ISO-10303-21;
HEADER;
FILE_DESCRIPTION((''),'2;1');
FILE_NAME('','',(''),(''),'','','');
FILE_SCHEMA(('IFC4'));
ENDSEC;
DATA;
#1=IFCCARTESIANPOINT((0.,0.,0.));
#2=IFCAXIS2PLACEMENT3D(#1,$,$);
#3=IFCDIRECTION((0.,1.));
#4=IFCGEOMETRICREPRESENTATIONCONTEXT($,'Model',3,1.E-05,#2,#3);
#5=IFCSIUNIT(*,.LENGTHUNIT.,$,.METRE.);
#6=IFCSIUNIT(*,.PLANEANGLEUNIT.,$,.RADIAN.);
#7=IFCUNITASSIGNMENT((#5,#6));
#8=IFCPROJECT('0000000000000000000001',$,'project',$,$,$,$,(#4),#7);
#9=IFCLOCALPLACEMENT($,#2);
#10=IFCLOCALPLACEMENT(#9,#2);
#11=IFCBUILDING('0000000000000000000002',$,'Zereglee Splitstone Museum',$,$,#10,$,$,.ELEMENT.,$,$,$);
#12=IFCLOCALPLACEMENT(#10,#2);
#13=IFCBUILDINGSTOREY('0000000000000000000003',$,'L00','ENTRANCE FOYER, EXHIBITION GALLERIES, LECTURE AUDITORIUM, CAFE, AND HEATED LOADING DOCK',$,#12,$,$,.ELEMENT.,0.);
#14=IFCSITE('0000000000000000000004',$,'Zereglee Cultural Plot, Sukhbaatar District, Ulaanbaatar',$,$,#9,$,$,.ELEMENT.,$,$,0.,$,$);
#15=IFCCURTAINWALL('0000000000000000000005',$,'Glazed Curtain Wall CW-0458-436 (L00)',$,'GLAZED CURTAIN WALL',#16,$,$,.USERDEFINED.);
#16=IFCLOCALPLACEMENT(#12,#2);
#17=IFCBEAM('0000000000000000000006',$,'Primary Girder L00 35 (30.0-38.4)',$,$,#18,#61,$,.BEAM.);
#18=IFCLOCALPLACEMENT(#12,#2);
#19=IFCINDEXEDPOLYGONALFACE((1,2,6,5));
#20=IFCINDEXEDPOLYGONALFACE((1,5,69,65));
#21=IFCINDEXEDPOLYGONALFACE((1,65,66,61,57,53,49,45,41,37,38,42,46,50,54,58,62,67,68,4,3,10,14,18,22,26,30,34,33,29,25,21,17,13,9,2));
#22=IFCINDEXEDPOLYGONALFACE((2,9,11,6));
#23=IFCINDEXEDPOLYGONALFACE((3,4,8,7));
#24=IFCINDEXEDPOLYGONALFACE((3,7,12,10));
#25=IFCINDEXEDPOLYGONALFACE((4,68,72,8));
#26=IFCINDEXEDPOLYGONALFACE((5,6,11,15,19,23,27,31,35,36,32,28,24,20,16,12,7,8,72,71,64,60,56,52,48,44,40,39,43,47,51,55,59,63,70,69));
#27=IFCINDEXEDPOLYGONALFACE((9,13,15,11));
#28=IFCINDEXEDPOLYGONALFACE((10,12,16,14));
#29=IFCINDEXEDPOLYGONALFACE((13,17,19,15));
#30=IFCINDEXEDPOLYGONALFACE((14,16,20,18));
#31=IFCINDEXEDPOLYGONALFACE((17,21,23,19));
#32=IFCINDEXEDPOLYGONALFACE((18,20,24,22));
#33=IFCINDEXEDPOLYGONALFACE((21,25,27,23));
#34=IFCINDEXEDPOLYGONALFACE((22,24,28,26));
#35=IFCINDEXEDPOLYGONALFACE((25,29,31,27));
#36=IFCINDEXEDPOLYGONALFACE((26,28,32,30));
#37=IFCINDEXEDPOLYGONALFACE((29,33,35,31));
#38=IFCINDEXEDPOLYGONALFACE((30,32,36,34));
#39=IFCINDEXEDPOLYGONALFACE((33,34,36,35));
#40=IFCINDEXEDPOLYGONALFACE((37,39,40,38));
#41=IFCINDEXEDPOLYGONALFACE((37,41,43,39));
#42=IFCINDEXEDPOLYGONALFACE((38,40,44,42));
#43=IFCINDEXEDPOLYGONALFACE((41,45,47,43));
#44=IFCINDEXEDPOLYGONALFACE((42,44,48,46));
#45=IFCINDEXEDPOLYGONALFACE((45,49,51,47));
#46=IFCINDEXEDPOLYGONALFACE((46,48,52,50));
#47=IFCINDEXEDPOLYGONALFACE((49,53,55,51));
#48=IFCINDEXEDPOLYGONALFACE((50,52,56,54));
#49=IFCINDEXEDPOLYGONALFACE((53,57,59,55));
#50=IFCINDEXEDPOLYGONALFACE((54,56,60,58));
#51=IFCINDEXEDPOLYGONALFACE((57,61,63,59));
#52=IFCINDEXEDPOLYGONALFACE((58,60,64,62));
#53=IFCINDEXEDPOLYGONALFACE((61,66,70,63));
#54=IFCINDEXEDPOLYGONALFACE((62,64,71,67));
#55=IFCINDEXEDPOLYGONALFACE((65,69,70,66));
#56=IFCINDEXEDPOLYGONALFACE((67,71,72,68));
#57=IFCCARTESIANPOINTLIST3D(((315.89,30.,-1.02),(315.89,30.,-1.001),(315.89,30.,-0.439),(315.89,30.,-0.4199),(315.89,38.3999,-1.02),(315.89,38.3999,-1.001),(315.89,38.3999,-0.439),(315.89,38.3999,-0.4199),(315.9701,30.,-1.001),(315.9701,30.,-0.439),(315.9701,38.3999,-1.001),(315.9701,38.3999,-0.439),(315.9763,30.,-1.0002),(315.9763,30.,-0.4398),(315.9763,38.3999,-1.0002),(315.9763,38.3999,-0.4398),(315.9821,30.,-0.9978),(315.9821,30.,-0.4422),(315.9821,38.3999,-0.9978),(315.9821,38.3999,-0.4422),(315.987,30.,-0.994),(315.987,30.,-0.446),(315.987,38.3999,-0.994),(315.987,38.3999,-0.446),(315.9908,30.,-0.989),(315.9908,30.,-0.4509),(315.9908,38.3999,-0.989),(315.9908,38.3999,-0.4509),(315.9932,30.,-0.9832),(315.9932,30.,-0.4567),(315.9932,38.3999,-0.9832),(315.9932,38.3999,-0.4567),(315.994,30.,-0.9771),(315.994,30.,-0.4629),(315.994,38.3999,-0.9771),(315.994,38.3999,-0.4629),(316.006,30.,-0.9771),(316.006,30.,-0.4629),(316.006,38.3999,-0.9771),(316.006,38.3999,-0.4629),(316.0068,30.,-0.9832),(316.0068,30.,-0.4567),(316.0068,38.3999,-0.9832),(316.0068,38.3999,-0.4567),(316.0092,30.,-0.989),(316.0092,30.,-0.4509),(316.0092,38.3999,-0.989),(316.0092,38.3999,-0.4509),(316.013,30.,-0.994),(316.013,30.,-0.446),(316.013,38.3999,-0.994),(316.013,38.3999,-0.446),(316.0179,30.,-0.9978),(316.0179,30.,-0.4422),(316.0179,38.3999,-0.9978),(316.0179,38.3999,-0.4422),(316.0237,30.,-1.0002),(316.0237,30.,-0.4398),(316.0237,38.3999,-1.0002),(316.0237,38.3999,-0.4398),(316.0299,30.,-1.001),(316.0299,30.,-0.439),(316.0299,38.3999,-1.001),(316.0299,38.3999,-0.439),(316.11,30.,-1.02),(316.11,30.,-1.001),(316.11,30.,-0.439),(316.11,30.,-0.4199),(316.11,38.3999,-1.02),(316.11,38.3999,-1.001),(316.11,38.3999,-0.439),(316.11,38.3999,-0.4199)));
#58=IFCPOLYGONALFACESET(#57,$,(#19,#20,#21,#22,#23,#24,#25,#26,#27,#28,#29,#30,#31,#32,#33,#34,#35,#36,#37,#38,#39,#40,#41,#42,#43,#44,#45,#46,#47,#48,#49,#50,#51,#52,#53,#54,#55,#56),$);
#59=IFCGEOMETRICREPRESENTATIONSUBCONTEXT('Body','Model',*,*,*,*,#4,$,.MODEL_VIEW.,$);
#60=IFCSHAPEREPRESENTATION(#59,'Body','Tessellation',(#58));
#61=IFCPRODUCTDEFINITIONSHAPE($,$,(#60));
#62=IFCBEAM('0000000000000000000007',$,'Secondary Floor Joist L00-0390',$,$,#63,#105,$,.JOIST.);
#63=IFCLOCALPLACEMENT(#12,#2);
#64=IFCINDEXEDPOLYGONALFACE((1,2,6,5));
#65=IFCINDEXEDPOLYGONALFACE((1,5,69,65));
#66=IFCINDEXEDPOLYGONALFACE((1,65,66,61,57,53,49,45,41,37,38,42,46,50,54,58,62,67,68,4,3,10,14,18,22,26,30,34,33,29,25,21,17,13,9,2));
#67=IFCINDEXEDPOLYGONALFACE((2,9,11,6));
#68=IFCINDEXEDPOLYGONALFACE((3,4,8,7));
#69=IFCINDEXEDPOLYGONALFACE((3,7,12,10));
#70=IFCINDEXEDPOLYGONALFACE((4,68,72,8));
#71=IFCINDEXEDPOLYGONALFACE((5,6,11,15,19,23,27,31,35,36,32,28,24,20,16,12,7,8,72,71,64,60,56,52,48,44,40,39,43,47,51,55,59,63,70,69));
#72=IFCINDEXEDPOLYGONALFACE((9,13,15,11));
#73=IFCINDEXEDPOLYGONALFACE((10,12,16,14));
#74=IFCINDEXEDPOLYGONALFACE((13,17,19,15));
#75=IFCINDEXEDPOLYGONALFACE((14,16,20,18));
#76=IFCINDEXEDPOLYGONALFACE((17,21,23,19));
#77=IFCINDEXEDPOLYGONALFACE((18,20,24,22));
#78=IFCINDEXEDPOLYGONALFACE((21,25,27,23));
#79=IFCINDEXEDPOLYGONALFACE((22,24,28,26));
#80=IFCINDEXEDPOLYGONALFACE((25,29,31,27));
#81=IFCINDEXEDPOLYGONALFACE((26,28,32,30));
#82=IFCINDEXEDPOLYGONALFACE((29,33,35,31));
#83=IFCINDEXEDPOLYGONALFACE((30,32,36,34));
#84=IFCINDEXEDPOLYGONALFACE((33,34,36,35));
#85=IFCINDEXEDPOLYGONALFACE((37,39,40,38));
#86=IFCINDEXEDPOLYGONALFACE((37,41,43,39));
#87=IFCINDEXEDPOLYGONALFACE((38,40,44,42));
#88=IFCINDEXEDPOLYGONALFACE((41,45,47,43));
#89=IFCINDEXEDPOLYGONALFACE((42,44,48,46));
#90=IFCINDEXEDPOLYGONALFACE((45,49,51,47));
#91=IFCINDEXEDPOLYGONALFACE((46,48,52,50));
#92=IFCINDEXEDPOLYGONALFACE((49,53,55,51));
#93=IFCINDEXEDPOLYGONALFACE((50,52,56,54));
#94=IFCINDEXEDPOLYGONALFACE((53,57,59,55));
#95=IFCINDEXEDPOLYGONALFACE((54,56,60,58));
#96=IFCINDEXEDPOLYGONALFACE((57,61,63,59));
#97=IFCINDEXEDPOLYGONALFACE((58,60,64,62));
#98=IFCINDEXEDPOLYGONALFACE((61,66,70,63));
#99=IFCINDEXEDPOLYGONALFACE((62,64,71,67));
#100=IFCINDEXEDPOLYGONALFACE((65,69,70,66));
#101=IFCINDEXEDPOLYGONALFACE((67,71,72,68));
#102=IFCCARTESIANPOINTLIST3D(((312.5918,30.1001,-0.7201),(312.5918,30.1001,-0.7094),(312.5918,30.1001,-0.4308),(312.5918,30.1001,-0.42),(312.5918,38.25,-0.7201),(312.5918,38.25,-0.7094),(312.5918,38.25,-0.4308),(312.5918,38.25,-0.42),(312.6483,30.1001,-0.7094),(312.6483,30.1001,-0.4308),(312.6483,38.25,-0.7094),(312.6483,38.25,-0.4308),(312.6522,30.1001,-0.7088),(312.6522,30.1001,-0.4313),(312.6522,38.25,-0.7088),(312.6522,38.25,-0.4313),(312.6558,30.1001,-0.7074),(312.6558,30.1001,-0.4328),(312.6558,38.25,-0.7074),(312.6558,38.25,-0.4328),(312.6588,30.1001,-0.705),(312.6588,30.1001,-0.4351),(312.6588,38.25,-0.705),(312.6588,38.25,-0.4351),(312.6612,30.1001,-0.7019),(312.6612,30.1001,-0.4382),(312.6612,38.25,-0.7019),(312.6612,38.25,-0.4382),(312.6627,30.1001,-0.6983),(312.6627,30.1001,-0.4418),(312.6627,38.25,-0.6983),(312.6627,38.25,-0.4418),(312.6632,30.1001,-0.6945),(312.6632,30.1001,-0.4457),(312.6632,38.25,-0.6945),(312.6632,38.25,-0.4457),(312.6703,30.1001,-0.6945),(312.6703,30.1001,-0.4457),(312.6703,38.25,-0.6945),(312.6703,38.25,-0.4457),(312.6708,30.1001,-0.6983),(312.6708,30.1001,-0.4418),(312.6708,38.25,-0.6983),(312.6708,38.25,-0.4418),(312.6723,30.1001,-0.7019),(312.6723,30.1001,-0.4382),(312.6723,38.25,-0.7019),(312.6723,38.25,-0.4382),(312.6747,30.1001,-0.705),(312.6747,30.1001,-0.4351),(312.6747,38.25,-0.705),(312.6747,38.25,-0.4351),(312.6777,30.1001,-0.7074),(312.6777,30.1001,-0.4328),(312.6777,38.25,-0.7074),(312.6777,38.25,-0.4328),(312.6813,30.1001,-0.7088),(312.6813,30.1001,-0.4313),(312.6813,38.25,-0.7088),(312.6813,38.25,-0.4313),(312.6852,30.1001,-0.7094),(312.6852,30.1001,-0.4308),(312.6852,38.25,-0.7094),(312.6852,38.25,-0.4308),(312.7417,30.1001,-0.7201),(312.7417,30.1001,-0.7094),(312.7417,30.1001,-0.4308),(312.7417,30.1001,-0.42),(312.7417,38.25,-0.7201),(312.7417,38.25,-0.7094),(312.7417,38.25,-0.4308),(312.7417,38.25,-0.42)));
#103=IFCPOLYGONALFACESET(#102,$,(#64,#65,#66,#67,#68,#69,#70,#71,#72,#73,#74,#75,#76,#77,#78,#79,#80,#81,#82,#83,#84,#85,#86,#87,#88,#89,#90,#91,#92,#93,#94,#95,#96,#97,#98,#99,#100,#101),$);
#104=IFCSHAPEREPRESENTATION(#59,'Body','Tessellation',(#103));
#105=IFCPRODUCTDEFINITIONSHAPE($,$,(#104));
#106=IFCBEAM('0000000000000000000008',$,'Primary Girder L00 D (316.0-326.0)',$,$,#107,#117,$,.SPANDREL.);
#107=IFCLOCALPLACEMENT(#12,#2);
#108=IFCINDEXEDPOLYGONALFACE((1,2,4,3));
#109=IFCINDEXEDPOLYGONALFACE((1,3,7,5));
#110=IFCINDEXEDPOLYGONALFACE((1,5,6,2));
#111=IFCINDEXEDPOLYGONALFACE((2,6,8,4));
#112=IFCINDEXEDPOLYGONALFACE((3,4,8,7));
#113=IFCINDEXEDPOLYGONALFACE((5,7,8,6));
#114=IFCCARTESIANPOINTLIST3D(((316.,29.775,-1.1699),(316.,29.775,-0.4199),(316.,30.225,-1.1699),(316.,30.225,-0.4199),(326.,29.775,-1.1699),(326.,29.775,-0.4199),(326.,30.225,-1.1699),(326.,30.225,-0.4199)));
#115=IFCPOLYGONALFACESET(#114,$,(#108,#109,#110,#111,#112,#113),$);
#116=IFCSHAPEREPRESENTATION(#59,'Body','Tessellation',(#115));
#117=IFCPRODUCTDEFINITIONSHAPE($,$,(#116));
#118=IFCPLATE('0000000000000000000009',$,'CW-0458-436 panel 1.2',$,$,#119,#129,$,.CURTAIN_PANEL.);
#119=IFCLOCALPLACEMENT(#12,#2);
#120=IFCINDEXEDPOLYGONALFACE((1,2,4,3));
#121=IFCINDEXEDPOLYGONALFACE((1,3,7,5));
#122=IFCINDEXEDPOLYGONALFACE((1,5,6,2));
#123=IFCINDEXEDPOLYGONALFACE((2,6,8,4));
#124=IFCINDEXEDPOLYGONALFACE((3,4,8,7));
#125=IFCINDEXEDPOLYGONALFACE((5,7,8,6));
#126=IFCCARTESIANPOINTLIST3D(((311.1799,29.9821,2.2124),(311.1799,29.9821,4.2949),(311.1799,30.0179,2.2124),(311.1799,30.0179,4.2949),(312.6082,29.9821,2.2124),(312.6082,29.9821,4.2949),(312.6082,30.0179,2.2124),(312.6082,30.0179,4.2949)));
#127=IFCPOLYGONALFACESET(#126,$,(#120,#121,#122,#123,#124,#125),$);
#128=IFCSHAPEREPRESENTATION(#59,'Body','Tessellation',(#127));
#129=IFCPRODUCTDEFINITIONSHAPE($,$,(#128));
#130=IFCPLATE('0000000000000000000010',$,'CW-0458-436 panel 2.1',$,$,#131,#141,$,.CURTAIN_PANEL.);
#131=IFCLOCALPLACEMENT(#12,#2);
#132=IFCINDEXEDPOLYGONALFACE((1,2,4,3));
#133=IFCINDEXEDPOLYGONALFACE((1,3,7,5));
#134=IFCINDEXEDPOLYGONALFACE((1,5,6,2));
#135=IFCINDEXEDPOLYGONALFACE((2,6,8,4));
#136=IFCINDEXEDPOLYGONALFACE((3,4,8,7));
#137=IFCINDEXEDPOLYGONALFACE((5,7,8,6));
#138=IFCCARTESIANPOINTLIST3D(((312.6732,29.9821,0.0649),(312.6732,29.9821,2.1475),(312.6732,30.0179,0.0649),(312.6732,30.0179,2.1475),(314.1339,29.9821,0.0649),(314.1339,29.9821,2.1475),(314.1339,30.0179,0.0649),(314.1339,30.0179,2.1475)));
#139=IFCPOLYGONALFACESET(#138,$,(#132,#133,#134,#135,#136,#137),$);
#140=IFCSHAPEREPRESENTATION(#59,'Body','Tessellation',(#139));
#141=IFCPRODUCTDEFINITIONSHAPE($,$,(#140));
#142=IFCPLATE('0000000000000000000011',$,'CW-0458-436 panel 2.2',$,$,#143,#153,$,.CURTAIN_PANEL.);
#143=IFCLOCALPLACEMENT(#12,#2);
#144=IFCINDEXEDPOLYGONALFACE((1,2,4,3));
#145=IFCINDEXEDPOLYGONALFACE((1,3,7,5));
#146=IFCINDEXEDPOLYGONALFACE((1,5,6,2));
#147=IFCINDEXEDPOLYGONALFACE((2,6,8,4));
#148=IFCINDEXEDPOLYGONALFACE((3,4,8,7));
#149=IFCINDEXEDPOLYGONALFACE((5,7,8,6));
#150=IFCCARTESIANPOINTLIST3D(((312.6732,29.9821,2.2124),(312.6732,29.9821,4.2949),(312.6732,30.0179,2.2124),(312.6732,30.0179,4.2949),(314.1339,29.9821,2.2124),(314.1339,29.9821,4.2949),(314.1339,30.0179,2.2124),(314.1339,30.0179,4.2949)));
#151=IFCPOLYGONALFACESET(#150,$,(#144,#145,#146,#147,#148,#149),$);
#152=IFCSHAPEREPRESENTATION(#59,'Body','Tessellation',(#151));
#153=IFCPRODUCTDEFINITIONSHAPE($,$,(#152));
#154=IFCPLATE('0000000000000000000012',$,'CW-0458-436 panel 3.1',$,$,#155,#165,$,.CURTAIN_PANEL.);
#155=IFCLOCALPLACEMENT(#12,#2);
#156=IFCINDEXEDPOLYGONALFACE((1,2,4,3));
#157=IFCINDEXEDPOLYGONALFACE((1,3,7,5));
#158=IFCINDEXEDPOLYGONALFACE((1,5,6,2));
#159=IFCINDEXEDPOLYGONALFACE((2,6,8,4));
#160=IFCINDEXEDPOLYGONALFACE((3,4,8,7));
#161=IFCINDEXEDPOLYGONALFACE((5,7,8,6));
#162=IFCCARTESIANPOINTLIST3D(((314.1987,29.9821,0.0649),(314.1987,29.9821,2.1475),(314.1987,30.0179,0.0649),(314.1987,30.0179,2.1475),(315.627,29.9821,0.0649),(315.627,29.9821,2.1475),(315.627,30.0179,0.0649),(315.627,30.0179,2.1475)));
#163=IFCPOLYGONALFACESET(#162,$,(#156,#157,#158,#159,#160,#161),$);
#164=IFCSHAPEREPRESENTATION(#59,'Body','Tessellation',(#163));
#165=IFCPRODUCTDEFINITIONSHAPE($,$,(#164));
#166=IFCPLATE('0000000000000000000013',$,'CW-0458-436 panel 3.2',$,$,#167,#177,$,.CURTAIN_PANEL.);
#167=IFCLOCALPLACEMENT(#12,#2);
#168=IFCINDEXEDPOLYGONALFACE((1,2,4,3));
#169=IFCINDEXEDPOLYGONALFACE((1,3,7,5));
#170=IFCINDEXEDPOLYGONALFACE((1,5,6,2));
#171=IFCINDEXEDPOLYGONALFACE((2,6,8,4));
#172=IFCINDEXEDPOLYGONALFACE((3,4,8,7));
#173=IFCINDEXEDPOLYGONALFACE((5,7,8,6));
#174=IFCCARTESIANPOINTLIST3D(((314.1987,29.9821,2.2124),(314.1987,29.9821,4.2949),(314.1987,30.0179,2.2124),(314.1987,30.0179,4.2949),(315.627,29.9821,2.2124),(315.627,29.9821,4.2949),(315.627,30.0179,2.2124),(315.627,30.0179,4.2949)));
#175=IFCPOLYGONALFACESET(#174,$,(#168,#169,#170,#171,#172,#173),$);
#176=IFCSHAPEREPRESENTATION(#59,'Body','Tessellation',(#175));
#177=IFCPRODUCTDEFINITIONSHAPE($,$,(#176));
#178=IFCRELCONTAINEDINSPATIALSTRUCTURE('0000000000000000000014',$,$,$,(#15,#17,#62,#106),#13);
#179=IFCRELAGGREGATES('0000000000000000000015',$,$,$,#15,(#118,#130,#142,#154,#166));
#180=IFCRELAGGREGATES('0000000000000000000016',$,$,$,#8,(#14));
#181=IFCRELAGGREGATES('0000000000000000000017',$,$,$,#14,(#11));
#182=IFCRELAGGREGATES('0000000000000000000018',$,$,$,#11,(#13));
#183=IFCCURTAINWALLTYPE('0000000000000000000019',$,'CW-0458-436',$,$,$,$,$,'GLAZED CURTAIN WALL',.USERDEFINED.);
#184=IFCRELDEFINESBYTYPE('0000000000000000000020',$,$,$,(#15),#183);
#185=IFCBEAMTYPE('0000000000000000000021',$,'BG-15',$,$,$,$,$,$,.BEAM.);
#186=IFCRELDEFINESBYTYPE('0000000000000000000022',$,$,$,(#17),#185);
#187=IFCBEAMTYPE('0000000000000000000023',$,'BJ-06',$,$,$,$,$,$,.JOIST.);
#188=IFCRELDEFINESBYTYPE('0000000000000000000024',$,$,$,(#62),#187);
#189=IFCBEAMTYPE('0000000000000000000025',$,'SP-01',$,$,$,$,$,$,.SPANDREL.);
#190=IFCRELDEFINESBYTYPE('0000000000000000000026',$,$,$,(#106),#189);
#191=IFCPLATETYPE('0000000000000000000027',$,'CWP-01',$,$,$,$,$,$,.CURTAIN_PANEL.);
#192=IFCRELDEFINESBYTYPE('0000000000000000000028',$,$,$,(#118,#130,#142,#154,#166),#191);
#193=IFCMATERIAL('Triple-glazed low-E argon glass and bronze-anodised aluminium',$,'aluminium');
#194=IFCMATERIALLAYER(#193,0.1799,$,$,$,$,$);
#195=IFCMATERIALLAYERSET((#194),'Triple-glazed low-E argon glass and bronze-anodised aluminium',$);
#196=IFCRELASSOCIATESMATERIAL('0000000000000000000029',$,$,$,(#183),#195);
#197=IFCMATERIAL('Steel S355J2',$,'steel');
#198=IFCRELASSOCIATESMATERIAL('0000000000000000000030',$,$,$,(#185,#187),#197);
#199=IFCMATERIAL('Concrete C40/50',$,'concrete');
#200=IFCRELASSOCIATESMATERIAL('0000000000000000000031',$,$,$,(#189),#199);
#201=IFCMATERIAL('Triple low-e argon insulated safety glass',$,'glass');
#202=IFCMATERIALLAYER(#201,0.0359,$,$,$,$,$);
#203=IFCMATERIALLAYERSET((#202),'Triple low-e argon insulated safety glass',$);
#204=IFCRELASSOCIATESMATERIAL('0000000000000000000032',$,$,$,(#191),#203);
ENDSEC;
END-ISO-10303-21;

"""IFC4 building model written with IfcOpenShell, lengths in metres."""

from ifc_helpers import new_model, si_unit, direction, frame, origin, origin_2d, place, context, subcontext, project, spatial, rectangle, i_section, extrude, material, layer, layer_set, material_profile, profile_set, type_object, element, aggregate, save


model = new_model("IFC4")

# Units and contexts
model_context = context("Model", 3, precision=1e-05, world=origin(), true_north=direction((0.0, 1.0)))
body_context = subcontext(model_context, "Body", "Model", "MODEL_VIEW")
ifc_project = project(units=[si_unit("LENGTHUNIT", "METRE"), si_unit("PLANEANGLEUNIT", "RADIAN")], contexts=[model_context])

# Site, building, storey
site_placement = place(None, origin())
site = spatial("IfcSite", under=ifc_project, at=site_placement, Name="Zereglee Cultural Plot, Sukhbaatar District, Ulaanbaatar", CompositionType="ELEMENT", RefElevation=0.0)
building_placement = place(site_placement, origin())
building = spatial("IfcBuilding", under=site, at=building_placement, Name="Zereglee Splitstone Museum", CompositionType="ELEMENT")
storey_placement = place(building_placement, origin())
storey = spatial("IfcBuildingStorey", under=building, at=storey_placement, Name="L00", Description="ENTRANCE FOYER, EXHIBITION GALLERIES, LECTURE AUDITORIUM, CAFE, AND HEATED LOADING DOCK", CompositionType="ELEMENT", Elevation=0.0)

# Curtain wall
ifc_material_1 = material(Name="Triple-glazed low-E argon glass and bronze-anodised aluminium", Category="aluminium")
ifc_layer_1 = layer(ifc_material_1, 0.1799)
ifc_layer_set_1 = layer_set([ifc_layer_1], Name="Triple-glazed low-E argon glass and bronze-anodised aluminium")
curtain_wall_type_1 = type_object("IfcCurtainWallType", Name="CW-0458-436", ElementType="GLAZED CURTAIN WALL", PredefinedType="USERDEFINED", material=ifc_layer_set_1)
curtain_wall_1_placement = place(storey_placement, origin())
curtain_wall_1 = element("IfcCurtainWall", 1, at=curtain_wall_1_placement, inside=storey, type_object=curtain_wall_type_1, Name="Glazed Curtain Wall CW-0458-436 (L00)", ObjectType="GLAZED CURTAIN WALL", PredefinedType="USERDEFINED")

# Beams
ifc_material_2 = material(Name="Steel S355J2", Category="steel")
ifc_material_profile_1 = material_profile(ifc_material_2, i_section(OverallWidth=0.22, OverallDepth=0.6001, WebThickness=0.012, FlangeThickness=0.019, FilletRadius=0.0239, at=origin_2d()), Name="IPE 600")
ifc_profile_set_1 = profile_set([ifc_material_profile_1], Name="Steel S355J2")
beam_type_1 = type_object("IfcBeamType", Name="BG-15", PredefinedType="BEAM", material=ifc_profile_set_1)
beam_1_placement = place(storey_placement, frame((316.0, 30.0, -0.72), z_axis=(0.0, 1.0, 0.0), x_axis=(-1.0, 0.0, 0.0)))
element("IfcBeam", 2, at=beam_1_placement, inside=storey, type_object=beam_type_1, Name="Primary Girder L00 35 (30.0-38.4)", PredefinedType="BEAM", context=body_context, shape_type="SweptSolid", body=[
    extrude(i_section(OverallWidth=0.22, OverallDepth=0.6001, WebThickness=0.012, FlangeThickness=0.019, FilletRadius=0.0239, at=origin_2d()), origin(), (0.0, 0.0, 1.0), 8.3999),
])
ifc_material_profile_2 = material_profile(ifc_material_2, i_section(OverallWidth=0.1499, OverallDepth=0.3, WebThickness=0.0071, FlangeThickness=0.0107, FilletRadius=0.0149, at=origin_2d()), Name="IPE 300")
ifc_profile_set_2 = profile_set([ifc_material_profile_2], Name="Steel S355J2")
beam_type_2 = type_object("IfcBeamType", Name="BJ-06", PredefinedType="JOIST", material=ifc_profile_set_2)
beam_2_placement = place(storey_placement, frame((312.6667, 30.1001, -0.5701), z_axis=(0.0, 1.0, 0.0), x_axis=(-1.0, 0.0, 0.0)))
element("IfcBeam", 3, at=beam_2_placement, inside=storey, type_object=beam_type_2, Name="Secondary Floor Joist L00-0390", PredefinedType="JOIST", context=body_context, shape_type="SweptSolid", body=[
    extrude(i_section(OverallWidth=0.1499, OverallDepth=0.3, WebThickness=0.0071, FlangeThickness=0.0107, FilletRadius=0.0149, at=origin_2d()), origin(), (0.0, 0.0, 1.0), 8.1499),
])
ifc_material_3 = material(Name="Concrete C40/50", Category="concrete")
ifc_material_profile_3 = material_profile(ifc_material_3, rectangle(XDim=0.45, YDim=0.75, at=origin_2d()), Name="RC 450x750")
ifc_profile_set_3 = profile_set([ifc_material_profile_3], Name="Concrete C40/50")
beam_type_3 = type_object("IfcBeamType", Name="SP-01", PredefinedType="SPANDREL", material=ifc_profile_set_3)
beam_3_placement = place(storey_placement, frame((316.0, 30.0, -0.7949), z_axis=(1.0, 0.0, 0.0), x_axis=(0.0, 1.0, 0.0)))
element("IfcBeam", 4, at=beam_3_placement, inside=storey, type_object=beam_type_3, Name="Primary Girder L00 D (316.0-326.0)", PredefinedType="SPANDREL", context=body_context, shape_type="SweptSolid", body=[
    extrude(rectangle(XDim=0.45, YDim=0.75, at=origin_2d()), origin(), (0.0, 0.0, 1.0), 10.0),
])

# Plates
ifc_material_4 = material(Name="Triple low-e argon insulated safety glass", Category="glass")
ifc_layer_2 = layer(ifc_material_4, 0.0359)
ifc_layer_set_2 = layer_set([ifc_layer_2], Name="Triple low-e argon insulated safety glass")
plate_type = type_object("IfcPlateType", Name="CWP-01", PredefinedType="CURTAIN_PANEL", material=ifc_layer_set_2)
plate_1_placement = place(storey_placement, frame((311.894, 30.0, 2.2124), z_axis=(0.0, 0.0, 1.0), x_axis=(1.0, 0.0, 0.0)))
plate_1 = element("IfcPlate", 5, at=plate_1_placement, type_object=plate_type, Name="CW-0458-436 panel 1.2", PredefinedType="CURTAIN_PANEL", context=body_context, shape_type="SweptSolid", body=[
    extrude(rectangle(XDim=1.4282, YDim=0.0359, at=origin_2d()), origin(), (0.0, 0.0, 1.0), 2.0825),
])
plate_2_placement = place(storey_placement, frame((313.4036, 30.0, 0.0649), z_axis=(0.0, 0.0, 1.0), x_axis=(1.0, 0.0, 0.0)))
plate_2 = element("IfcPlate", 6, at=plate_2_placement, type_object=plate_type, Name="CW-0458-436 panel 2.1", PredefinedType="CURTAIN_PANEL", context=body_context, shape_type="SweptSolid", body=[
    extrude(rectangle(XDim=1.4607, YDim=0.0359, at=origin_2d()), origin(), (0.0, 0.0, 1.0), 2.0825),
])
plate_3_placement = place(storey_placement, frame((313.4036, 30.0, 2.2124), z_axis=(0.0, 0.0, 1.0), x_axis=(1.0, 0.0, 0.0)))
plate_3 = element("IfcPlate", 7, at=plate_3_placement, type_object=plate_type, Name="CW-0458-436 panel 2.2", PredefinedType="CURTAIN_PANEL", context=body_context, shape_type="SweptSolid", body=[
    extrude(rectangle(XDim=1.4607, YDim=0.0359, at=origin_2d()), origin(), (0.0, 0.0, 1.0), 2.0825),
])
plate_4_placement = place(storey_placement, frame((314.9128, 30.0, 0.0649), z_axis=(0.0, 0.0, 1.0), x_axis=(1.0, 0.0, 0.0)))
plate_4 = element("IfcPlate", 8, at=plate_4_placement, type_object=plate_type, Name="CW-0458-436 panel 3.1", PredefinedType="CURTAIN_PANEL", context=body_context, shape_type="SweptSolid", body=[
    extrude(rectangle(XDim=1.4282, YDim=0.0359, at=origin_2d()), origin(), (0.0, 0.0, 1.0), 2.0825),
])
plate_5_placement = place(storey_placement, frame((314.9128, 30.0, 2.2124), z_axis=(0.0, 0.0, 1.0), x_axis=(1.0, 0.0, 0.0)))
plate_5 = element("IfcPlate", 9, at=plate_5_placement, type_object=plate_type, Name="CW-0458-436 panel 3.2", PredefinedType="CURTAIN_PANEL", context=body_context, shape_type="SweptSolid", body=[
    extrude(rectangle(XDim=1.4282, YDim=0.0359, at=origin_2d()), origin(), (0.0, 0.0, 1.0), 2.0825),
])
aggregate(curtain_wall_1, [plate_1, plate_2, plate_3, plate_4, plate_5])

save(model, "model.ifc")
